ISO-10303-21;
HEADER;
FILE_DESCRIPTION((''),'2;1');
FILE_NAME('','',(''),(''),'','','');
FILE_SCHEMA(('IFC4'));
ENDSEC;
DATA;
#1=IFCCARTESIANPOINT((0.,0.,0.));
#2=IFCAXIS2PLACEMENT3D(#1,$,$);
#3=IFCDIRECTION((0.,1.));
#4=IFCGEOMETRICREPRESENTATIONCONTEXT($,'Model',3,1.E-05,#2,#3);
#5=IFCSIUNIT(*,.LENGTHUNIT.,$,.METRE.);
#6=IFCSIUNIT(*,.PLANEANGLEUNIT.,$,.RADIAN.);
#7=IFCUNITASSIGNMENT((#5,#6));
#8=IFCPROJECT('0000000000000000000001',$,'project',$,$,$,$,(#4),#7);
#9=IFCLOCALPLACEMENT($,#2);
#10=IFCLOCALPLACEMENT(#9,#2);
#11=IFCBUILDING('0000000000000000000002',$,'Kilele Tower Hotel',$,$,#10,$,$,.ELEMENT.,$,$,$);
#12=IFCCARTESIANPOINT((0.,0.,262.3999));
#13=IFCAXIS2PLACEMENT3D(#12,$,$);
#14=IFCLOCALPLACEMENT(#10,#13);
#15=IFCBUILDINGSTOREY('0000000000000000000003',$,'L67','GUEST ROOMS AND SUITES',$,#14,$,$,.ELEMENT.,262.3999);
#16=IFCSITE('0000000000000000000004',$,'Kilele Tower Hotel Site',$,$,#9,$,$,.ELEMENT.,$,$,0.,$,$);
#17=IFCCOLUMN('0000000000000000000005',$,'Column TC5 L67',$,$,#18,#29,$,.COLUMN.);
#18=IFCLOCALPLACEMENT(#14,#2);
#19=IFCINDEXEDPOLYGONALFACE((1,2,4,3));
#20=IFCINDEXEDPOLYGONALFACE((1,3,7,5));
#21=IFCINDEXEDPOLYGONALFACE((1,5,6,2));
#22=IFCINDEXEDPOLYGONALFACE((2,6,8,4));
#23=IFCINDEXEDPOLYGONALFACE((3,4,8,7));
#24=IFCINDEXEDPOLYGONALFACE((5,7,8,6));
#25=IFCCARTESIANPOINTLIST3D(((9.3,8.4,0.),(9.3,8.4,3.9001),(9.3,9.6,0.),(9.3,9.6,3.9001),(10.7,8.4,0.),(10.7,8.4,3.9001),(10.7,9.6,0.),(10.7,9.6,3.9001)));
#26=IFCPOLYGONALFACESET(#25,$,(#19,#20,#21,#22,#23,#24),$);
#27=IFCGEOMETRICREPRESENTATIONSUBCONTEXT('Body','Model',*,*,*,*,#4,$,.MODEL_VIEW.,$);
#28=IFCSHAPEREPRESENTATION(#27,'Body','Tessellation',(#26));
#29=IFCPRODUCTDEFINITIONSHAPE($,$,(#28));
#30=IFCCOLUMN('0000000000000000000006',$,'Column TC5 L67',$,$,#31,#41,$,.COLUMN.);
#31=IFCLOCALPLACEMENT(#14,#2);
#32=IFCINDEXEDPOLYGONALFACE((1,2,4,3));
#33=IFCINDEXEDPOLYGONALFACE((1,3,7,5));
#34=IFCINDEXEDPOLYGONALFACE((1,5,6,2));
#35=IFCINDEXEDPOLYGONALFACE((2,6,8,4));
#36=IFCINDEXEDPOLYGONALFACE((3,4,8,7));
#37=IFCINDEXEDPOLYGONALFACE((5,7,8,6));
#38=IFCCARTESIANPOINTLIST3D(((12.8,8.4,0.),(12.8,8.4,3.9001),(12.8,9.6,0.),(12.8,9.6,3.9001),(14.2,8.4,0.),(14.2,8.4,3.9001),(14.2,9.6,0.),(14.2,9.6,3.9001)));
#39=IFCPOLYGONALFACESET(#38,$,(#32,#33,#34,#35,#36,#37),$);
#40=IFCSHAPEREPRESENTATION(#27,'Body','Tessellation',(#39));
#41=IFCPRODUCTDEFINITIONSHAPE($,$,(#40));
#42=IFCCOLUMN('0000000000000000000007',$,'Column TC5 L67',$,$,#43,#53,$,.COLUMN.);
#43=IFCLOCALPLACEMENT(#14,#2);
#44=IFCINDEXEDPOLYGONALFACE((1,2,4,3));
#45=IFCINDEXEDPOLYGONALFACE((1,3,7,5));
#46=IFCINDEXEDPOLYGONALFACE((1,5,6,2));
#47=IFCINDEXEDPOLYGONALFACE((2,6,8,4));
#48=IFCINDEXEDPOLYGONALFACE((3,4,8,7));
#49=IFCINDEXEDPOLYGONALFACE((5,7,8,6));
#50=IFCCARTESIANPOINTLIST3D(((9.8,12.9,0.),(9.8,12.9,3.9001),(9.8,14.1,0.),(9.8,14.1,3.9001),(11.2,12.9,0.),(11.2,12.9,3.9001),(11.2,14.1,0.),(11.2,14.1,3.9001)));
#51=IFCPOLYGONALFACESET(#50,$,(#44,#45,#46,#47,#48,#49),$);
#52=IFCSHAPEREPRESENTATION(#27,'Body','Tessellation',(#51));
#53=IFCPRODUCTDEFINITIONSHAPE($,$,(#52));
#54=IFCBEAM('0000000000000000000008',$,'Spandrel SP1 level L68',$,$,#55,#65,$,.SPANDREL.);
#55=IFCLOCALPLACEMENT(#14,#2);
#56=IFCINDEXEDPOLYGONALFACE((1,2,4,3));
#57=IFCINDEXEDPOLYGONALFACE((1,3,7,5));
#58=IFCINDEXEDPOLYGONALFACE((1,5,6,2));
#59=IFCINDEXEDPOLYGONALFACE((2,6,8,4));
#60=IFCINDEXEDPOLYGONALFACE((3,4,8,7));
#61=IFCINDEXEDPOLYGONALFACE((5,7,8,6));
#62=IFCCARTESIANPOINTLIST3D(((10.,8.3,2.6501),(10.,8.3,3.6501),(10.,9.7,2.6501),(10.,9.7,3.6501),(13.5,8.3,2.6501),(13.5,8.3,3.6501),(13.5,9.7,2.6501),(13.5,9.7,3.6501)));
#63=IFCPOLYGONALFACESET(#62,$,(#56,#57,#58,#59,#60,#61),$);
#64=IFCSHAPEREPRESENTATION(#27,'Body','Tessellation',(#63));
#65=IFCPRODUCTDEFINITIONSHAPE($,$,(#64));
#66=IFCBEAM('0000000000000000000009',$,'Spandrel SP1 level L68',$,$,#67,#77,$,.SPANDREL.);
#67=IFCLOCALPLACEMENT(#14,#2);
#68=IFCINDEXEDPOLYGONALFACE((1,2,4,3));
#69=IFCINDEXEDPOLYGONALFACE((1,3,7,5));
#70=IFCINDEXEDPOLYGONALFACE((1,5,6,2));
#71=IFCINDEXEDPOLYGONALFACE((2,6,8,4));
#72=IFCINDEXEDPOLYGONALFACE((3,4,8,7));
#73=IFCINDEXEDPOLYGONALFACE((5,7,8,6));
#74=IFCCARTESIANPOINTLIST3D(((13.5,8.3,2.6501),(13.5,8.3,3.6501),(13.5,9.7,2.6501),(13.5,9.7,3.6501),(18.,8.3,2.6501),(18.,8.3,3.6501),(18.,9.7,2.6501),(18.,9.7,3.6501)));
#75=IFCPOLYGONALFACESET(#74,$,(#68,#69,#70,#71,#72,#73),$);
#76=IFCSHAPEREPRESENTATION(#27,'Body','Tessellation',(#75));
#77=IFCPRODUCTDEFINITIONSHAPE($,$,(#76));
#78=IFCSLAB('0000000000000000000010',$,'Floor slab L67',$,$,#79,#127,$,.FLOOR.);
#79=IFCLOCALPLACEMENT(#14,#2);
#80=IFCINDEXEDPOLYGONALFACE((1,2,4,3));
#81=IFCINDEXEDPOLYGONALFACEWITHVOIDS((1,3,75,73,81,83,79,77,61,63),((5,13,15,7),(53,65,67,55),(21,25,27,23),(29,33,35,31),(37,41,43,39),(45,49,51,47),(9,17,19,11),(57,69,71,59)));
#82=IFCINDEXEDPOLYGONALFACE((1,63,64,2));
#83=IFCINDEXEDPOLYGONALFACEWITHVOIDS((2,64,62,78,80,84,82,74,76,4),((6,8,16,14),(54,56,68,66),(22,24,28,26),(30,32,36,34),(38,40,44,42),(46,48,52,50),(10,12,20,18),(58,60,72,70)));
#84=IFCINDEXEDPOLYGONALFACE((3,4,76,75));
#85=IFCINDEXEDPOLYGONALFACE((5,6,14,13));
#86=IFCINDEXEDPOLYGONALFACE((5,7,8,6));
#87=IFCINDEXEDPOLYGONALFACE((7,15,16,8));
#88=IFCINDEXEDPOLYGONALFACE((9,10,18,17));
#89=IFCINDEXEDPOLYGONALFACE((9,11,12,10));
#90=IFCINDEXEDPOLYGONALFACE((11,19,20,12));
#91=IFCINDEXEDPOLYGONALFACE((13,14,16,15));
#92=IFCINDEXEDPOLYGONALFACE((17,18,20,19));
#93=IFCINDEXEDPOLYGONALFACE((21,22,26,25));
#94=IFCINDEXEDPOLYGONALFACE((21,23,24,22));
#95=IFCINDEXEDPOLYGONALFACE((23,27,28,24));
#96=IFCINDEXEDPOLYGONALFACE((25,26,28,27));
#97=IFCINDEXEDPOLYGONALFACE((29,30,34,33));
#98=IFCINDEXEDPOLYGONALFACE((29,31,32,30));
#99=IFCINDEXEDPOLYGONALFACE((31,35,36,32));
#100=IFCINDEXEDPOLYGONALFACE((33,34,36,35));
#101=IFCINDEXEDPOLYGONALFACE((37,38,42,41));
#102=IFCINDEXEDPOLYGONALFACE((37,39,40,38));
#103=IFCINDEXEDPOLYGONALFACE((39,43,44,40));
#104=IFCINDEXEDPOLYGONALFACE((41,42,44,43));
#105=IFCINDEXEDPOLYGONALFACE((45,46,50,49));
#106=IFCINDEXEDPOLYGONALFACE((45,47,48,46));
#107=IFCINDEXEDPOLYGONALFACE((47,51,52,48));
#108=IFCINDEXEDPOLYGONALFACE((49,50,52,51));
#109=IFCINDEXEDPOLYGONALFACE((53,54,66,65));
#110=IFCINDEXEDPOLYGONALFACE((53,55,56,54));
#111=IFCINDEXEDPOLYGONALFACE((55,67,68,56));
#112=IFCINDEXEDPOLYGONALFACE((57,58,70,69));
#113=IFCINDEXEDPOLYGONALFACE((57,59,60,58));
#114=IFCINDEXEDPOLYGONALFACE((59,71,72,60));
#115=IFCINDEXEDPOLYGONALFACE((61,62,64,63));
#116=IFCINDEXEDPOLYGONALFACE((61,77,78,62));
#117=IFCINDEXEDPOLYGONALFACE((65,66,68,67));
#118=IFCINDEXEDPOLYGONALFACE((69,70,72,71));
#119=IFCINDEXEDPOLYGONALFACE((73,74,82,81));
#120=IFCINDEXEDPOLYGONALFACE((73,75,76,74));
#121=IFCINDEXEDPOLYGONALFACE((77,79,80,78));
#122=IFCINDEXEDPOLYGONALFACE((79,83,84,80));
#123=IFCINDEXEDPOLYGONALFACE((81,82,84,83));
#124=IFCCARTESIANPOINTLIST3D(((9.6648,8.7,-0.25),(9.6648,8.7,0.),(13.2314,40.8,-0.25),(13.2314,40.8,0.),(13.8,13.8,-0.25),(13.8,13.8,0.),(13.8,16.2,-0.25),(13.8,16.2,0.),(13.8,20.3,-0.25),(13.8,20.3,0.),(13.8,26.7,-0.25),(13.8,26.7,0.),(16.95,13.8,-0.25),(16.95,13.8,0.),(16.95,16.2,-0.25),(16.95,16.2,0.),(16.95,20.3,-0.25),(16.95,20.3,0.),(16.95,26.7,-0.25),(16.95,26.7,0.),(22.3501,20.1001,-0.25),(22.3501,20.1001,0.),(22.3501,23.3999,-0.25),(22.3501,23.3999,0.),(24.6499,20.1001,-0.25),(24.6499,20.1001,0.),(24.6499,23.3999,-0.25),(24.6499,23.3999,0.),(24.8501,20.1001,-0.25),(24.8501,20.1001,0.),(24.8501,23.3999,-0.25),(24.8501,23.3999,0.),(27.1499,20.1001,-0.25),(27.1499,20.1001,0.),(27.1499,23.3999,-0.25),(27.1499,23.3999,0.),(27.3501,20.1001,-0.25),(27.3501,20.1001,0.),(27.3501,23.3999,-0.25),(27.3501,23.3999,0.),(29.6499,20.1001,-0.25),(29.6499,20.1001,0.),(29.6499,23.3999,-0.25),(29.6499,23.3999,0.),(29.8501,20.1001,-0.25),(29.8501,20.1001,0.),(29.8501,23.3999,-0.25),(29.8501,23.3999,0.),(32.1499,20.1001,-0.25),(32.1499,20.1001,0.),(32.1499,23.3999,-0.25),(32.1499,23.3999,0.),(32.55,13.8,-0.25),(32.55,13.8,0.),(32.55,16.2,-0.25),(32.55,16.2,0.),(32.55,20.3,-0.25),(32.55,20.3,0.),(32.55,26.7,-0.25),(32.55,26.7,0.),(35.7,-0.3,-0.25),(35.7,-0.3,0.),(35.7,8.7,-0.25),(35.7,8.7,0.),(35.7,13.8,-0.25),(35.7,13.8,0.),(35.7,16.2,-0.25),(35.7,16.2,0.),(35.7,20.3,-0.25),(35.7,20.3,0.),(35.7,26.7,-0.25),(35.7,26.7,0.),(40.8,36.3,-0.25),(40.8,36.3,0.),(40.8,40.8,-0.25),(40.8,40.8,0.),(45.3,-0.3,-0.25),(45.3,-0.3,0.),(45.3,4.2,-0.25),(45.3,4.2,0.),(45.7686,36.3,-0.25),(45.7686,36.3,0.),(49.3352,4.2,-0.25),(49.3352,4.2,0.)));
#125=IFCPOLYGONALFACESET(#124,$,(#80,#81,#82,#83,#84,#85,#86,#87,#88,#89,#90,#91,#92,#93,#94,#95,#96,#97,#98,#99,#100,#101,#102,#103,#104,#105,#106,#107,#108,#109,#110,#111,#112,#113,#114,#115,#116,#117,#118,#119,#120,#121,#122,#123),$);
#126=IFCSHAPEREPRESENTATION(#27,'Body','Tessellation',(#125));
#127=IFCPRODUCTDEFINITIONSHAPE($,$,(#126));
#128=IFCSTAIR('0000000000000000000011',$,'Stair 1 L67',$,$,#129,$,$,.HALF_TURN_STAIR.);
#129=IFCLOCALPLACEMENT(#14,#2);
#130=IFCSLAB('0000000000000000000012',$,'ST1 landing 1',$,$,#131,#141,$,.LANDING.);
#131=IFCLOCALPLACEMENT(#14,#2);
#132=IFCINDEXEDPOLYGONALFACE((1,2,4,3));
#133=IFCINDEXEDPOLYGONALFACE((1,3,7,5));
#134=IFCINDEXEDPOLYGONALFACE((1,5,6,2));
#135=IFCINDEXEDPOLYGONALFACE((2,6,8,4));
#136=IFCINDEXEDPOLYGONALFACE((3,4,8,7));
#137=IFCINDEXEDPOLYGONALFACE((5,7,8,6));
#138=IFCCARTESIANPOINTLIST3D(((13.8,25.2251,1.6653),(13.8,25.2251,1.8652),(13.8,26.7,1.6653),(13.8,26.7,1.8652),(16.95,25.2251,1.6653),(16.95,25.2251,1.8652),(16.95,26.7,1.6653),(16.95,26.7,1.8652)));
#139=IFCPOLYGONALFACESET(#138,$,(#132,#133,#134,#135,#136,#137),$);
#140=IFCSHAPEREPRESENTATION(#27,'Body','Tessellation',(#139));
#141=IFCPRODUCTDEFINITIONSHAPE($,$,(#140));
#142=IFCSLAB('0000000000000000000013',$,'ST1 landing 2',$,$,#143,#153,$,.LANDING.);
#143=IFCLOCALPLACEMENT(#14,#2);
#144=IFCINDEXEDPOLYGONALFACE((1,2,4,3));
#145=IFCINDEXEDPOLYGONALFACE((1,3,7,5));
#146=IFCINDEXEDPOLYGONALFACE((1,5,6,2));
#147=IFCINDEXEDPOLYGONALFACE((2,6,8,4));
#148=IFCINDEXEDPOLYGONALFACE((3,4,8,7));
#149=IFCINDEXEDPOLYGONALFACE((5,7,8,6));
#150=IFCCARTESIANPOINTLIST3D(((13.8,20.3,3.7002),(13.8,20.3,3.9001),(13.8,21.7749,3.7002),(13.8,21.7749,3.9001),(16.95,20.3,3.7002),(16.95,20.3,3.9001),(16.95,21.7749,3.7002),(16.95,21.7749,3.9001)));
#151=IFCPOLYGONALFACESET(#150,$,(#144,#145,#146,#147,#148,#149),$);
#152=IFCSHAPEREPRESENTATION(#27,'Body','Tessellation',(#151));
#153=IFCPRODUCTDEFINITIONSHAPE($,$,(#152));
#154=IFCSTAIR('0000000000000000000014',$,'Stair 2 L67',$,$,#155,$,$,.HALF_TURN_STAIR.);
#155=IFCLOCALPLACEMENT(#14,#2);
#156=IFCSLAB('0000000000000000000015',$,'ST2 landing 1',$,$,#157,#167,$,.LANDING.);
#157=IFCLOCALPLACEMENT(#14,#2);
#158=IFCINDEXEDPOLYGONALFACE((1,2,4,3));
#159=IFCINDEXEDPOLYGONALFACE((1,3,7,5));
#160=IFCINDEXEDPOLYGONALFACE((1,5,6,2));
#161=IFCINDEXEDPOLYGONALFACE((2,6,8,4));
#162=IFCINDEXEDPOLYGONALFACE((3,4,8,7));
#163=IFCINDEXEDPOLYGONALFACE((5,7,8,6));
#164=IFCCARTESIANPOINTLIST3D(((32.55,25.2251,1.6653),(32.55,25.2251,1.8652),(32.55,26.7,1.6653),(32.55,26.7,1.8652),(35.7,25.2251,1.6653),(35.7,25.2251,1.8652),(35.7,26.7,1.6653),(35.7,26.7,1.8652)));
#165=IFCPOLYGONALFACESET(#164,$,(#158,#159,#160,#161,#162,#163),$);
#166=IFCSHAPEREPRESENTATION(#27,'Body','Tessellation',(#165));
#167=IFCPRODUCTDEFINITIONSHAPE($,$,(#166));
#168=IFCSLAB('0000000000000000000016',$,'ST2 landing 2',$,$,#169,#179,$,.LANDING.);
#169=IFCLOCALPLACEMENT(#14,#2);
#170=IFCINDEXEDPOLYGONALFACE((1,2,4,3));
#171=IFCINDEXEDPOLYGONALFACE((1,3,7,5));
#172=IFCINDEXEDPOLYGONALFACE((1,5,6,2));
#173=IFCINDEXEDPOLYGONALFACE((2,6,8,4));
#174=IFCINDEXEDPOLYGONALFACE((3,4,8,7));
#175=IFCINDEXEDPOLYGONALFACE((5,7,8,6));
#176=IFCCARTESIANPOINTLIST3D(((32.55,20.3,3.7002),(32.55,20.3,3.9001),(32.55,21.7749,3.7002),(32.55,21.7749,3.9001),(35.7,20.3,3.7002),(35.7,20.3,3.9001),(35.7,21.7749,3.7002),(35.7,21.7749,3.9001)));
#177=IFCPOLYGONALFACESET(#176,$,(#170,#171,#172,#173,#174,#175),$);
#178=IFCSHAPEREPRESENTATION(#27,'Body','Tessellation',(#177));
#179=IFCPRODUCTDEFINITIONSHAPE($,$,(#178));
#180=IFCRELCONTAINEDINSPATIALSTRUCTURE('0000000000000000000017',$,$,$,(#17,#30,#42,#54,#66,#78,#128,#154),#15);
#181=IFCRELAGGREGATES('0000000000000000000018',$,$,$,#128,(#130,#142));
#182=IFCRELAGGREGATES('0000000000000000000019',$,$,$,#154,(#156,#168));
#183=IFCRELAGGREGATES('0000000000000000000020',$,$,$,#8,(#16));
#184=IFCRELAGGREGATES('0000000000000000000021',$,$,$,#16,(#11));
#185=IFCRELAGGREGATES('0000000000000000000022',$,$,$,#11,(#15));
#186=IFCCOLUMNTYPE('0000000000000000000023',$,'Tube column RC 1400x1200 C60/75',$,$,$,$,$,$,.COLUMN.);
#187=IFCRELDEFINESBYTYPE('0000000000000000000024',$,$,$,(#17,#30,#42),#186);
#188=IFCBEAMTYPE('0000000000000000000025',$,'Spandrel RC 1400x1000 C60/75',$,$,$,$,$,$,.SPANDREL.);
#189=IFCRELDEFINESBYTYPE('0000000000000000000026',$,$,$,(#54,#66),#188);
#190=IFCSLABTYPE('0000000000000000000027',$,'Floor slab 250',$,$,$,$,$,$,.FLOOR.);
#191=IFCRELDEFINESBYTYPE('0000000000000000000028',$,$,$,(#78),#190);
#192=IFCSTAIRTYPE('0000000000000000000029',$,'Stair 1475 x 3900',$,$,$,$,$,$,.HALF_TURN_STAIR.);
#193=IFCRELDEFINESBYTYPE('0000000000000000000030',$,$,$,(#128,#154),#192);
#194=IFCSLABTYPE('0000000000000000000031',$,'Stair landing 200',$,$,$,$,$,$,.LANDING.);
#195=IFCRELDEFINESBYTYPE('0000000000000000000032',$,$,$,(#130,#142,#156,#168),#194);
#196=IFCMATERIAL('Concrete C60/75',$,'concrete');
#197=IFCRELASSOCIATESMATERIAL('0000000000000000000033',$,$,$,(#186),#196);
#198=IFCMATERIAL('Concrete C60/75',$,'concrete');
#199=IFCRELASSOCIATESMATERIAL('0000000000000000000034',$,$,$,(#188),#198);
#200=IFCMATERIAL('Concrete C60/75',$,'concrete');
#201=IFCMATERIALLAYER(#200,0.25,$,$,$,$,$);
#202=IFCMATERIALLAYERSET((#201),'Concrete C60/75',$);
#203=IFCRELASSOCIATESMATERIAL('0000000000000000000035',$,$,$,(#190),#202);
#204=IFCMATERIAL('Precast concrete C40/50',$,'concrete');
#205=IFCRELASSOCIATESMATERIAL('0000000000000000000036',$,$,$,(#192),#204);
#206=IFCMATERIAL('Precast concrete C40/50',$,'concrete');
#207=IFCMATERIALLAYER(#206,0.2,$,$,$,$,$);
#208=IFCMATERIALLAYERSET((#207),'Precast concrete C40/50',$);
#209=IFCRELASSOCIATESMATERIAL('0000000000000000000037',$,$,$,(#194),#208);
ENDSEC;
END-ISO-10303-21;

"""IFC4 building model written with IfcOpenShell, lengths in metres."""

from ifc_helpers import new_model, si_unit, direction, frame, origin, origin_2d, place, context, subcontext, project, spatial, polyline, rectangle, outline, extrude, material, layer, layer_set, material_profile, profile_set, type_object, element, aggregate, save


model = new_model("IFC4")

# Units and contexts
model_context = context("Model", 3, precision=1e-05, world=origin(), true_north=direction((0.0, 1.0)))
body_context = subcontext(model_context, "Body", "Model", "MODEL_VIEW")
ifc_project = project(units=[si_unit("LENGTHUNIT", "METRE"), si_unit("PLANEANGLEUNIT", "RADIAN")], contexts=[model_context])

# Site, building, storey
site_placement = place(None, origin())
site = spatial("IfcSite", under=ifc_project, at=site_placement, Name="Kilele Tower Hotel Site", CompositionType="ELEMENT", RefElevation=0.0)
building_placement = place(site_placement, origin())
building = spatial("IfcBuilding", under=site, at=building_placement, Name="Kilele Tower Hotel", CompositionType="ELEMENT")
storey_placement = place(building_placement, frame((0.0, 0.0, 262.3999)))
storey = spatial("IfcBuildingStorey", under=building, at=storey_placement, Name="L67", Description="GUEST ROOMS AND SUITES", CompositionType="ELEMENT", Elevation=262.3999)

# Columns
ifc_material_1 = material(Name="Concrete C60/75", Category="concrete")
ifc_material_profile_1 = material_profile(ifc_material_1, rectangle(XDim=1.3999, YDim=1.2, at=origin_2d()))
ifc_profile_set_1 = profile_set([ifc_material_profile_1], Name="Concrete C60/75")
column_type = type_object("IfcColumnType", Name="Tube column RC 1400x1200 C60/75", PredefinedType="COLUMN", material=ifc_profile_set_1)
for number, where, z_axis, x_axis, name in (
    (1, (10.0, 9.0, 0.0), (0.0, 0.0, 1.0), (1.0, 0.0, 0.0), "Column TC5 L67"),
    (2, (13.5, 9.0, 0.0), (0.0, 0.0, 1.0), (1.0, 0.0, 0.0), "Column TC5 L67"),
    (3, (10.5, 13.5, 0.0), (0.0, 0.0, 1.0), (1.0, 0.0, 0.0), "Column TC5 L67"),
):
    element("IfcColumn", number, at=place(storey_placement, frame(where, z_axis=z_axis, x_axis=x_axis)), inside=storey, type_object=column_type, Name=name, PredefinedType="COLUMN", context=body_context, shape_type="SweptSolid", body=[
        extrude(rectangle(XDim=1.3999, YDim=1.2, at=origin_2d()), origin(), (0.0, 0.0, 1.0), 3.9001),
    ])

# Beams
ifc_material_2 = material(Name="Concrete C60/75", Category="concrete")
ifc_material_profile_2 = material_profile(ifc_material_2, rectangle(XDim=1.3999, YDim=1.0, at=origin_2d()))
ifc_profile_set_2 = profile_set([ifc_material_profile_2], Name="Concrete C60/75")
beam_type = type_object("IfcBeamType", Name="Spandrel RC 1400x1000 C60/75", PredefinedType="SPANDREL", material=ifc_profile_set_2)
beam_1_placement = place(storey_placement, frame((10.0, 9.0, 3.1501), z_axis=(1.0, 0.0, 0.0), x_axis=(0.0, 1.0, 0.0)))
element("IfcBeam", 4, at=beam_1_placement, inside=storey, type_object=beam_type, Name="Spandrel SP1 level L68", PredefinedType="SPANDREL", context=body_context, shape_type="SweptSolid", body=[
    extrude(rectangle(XDim=1.3999, YDim=1.0, at=origin_2d()), origin(), (0.0, 0.0, 1.0), 3.5),
])
beam_2_placement = place(storey_placement, frame((13.5, 9.0, 3.1501), z_axis=(1.0, 0.0, 0.0), x_axis=(0.0, 1.0, 0.0)))
element("IfcBeam", 5, at=beam_2_placement, inside=storey, type_object=beam_type, Name="Spandrel SP1 level L68", PredefinedType="SPANDREL", context=body_context, shape_type="SweptSolid", body=[
    extrude(rectangle(XDim=1.3999, YDim=1.0, at=origin_2d()), origin(), (0.0, 0.0, 1.0), 4.5),
])

# Slab
ifc_material_3 = material(Name="Concrete C60/75", Category="concrete")
ifc_layer_1 = layer(ifc_material_3, 0.25)
ifc_layer_set_1 = layer_set([ifc_layer_1], Name="Concrete C60/75")
slab_type_1 = type_object("IfcSlabType", Name="Floor slab 250", PredefinedType="FLOOR", material=ifc_layer_set_1)
slab_1_placement = place(storey_placement, frame((0.0, 0.0, -0.25)))
element("IfcSlab", 6, at=slab_1_placement, inside=storey, type_object=slab_type_1, Name="Floor slab L67", PredefinedType="FLOOR", context=body_context, shape_type="SweptSolid", body=[
    extrude(outline(polyline([(40.8, 40.8), (40.8, 36.3), (45.7686, 36.3), (49.3352, 4.2), (45.3, 4.2), (45.3, -0.3), (35.7, -0.3), (35.7, 8.7), (9.6648, 8.7), (13.2314, 40.8), (40.8, 40.8)]), holes=[polyline([(16.95, 16.2), (13.8, 16.2), (13.8, 13.8), (16.95, 13.8), (16.95, 16.2)]), polyline([(35.7, 16.2), (32.55, 16.2), (32.55, 13.8), (35.7, 13.8), (35.7, 16.2)]), polyline([(24.6499, 23.3999), (22.3501, 23.3999), (22.3501, 20.1001), (24.6499, 20.1001), (24.6499, 23.3999)]), polyline([(27.1499, 23.3999), (24.8501, 23.3999), (24.8501, 20.1001), (27.1499, 20.1001), (27.1499, 23.3999)]), polyline([(29.6499, 23.3999), (27.3501, 23.3999), (27.3501, 20.1001), (29.6499, 20.1001), (29.6499, 23.3999)]), polyline([(32.1499, 23.3999), (29.8501, 23.3999), (29.8501, 20.1001), (32.1499, 20.1001), (32.1499, 23.3999)]), polyline([(16.95, 26.7), (13.8, 26.7), (13.8, 20.3), (16.95, 20.3), (16.95, 26.7)]), polyline([(35.7, 26.7), (32.55, 26.7), (32.55, 20.3), (35.7, 20.3), (35.7, 26.7)])]), origin(), (0.0, 0.0, 1.0), 0.25),
])

# Stairs, slabs
ifc_material_4 = material(Name="Precast concrete C40/50", Category="concrete")
stair_type = type_object("IfcStairType", Name="Stair 1475 x 3900", PredefinedType="HALF_TURN_STAIR", material=ifc_material_4)
stair_1_placement = place(storey_placement, origin())
stair_1 = element("IfcStair", 7, at=stair_1_placement, inside=storey, type_object=stair_type, Name="Stair 1 L67", PredefinedType="HALF_TURN_STAIR")
ifc_material_5 = material(Name="Precast concrete C40/50", Category="concrete")
ifc_layer_2 = layer(ifc_material_5, 0.2)
ifc_layer_set_2 = layer_set([ifc_layer_2], Name="Precast concrete C40/50")
slab_type_2 = type_object("IfcSlabType", Name="Stair landing 200", PredefinedType="LANDING", material=ifc_layer_set_2)
slab_2_placement = place(storey_placement, frame((0.0, 0.0, 1.6653)))
slab_2 = element("IfcSlab", 8, at=slab_2_placement, type_object=slab_type_2, Name="ST1 landing 1", PredefinedType="LANDING", context=body_context, shape_type="SweptSolid", body=[
    extrude(outline(polyline([(13.8, 25.2251), (16.95, 25.2251), (16.95, 26.7), (13.8, 26.7), (13.8, 25.2251)])), origin(), (0.0, 0.0, 1.0), 0.2),
])
slab_3_placement = place(storey_placement, frame((0.0, 0.0, 3.7002)))
slab_3 = element("IfcSlab", 9, at=slab_3_placement, type_object=slab_type_2, Name="ST1 landing 2", PredefinedType="LANDING", context=body_context, shape_type="SweptSolid", body=[
    extrude(outline(polyline([(13.8, 20.3), (16.95, 20.3), (16.95, 21.7749), (13.8, 21.7749), (13.8, 20.3)])), origin(), (0.0, 0.0, 1.0), 0.2),
])
aggregate(stair_1, [slab_2, slab_3])
stair_2_placement = place(storey_placement, origin())
stair_2 = element("IfcStair", 10, at=stair_2_placement, inside=storey, type_object=stair_type, Name="Stair 2 L67", PredefinedType="HALF_TURN_STAIR")
slab_4_placement = place(storey_placement, frame((0.0, 0.0, 1.6653)))
slab_4 = element("IfcSlab", 11, at=slab_4_placement, type_object=slab_type_2, Name="ST2 landing 1", PredefinedType="LANDING", context=body_context, shape_type="SweptSolid", body=[
    extrude(outline(polyline([(32.55, 25.2251), (35.7, 25.2251), (35.7, 26.7), (32.55, 26.7), (32.55, 25.2251)])), origin(), (0.0, 0.0, 1.0), 0.2),
])
slab_5_placement = place(storey_placement, frame((0.0, 0.0, 3.7002)))
slab_5 = element("IfcSlab", 12, at=slab_5_placement, type_object=slab_type_2, Name="ST2 landing 2", PredefinedType="LANDING", context=body_context, shape_type="SweptSolid", body=[
    extrude(outline(polyline([(32.55, 20.3), (35.7, 20.3), (35.7, 21.7749), (32.55, 21.7749), (32.55, 20.3)])), origin(), (0.0, 0.0, 1.0), 0.2),
])
aggregate(stair_2, [slab_4, slab_5])

save(model, "model.ifc")
